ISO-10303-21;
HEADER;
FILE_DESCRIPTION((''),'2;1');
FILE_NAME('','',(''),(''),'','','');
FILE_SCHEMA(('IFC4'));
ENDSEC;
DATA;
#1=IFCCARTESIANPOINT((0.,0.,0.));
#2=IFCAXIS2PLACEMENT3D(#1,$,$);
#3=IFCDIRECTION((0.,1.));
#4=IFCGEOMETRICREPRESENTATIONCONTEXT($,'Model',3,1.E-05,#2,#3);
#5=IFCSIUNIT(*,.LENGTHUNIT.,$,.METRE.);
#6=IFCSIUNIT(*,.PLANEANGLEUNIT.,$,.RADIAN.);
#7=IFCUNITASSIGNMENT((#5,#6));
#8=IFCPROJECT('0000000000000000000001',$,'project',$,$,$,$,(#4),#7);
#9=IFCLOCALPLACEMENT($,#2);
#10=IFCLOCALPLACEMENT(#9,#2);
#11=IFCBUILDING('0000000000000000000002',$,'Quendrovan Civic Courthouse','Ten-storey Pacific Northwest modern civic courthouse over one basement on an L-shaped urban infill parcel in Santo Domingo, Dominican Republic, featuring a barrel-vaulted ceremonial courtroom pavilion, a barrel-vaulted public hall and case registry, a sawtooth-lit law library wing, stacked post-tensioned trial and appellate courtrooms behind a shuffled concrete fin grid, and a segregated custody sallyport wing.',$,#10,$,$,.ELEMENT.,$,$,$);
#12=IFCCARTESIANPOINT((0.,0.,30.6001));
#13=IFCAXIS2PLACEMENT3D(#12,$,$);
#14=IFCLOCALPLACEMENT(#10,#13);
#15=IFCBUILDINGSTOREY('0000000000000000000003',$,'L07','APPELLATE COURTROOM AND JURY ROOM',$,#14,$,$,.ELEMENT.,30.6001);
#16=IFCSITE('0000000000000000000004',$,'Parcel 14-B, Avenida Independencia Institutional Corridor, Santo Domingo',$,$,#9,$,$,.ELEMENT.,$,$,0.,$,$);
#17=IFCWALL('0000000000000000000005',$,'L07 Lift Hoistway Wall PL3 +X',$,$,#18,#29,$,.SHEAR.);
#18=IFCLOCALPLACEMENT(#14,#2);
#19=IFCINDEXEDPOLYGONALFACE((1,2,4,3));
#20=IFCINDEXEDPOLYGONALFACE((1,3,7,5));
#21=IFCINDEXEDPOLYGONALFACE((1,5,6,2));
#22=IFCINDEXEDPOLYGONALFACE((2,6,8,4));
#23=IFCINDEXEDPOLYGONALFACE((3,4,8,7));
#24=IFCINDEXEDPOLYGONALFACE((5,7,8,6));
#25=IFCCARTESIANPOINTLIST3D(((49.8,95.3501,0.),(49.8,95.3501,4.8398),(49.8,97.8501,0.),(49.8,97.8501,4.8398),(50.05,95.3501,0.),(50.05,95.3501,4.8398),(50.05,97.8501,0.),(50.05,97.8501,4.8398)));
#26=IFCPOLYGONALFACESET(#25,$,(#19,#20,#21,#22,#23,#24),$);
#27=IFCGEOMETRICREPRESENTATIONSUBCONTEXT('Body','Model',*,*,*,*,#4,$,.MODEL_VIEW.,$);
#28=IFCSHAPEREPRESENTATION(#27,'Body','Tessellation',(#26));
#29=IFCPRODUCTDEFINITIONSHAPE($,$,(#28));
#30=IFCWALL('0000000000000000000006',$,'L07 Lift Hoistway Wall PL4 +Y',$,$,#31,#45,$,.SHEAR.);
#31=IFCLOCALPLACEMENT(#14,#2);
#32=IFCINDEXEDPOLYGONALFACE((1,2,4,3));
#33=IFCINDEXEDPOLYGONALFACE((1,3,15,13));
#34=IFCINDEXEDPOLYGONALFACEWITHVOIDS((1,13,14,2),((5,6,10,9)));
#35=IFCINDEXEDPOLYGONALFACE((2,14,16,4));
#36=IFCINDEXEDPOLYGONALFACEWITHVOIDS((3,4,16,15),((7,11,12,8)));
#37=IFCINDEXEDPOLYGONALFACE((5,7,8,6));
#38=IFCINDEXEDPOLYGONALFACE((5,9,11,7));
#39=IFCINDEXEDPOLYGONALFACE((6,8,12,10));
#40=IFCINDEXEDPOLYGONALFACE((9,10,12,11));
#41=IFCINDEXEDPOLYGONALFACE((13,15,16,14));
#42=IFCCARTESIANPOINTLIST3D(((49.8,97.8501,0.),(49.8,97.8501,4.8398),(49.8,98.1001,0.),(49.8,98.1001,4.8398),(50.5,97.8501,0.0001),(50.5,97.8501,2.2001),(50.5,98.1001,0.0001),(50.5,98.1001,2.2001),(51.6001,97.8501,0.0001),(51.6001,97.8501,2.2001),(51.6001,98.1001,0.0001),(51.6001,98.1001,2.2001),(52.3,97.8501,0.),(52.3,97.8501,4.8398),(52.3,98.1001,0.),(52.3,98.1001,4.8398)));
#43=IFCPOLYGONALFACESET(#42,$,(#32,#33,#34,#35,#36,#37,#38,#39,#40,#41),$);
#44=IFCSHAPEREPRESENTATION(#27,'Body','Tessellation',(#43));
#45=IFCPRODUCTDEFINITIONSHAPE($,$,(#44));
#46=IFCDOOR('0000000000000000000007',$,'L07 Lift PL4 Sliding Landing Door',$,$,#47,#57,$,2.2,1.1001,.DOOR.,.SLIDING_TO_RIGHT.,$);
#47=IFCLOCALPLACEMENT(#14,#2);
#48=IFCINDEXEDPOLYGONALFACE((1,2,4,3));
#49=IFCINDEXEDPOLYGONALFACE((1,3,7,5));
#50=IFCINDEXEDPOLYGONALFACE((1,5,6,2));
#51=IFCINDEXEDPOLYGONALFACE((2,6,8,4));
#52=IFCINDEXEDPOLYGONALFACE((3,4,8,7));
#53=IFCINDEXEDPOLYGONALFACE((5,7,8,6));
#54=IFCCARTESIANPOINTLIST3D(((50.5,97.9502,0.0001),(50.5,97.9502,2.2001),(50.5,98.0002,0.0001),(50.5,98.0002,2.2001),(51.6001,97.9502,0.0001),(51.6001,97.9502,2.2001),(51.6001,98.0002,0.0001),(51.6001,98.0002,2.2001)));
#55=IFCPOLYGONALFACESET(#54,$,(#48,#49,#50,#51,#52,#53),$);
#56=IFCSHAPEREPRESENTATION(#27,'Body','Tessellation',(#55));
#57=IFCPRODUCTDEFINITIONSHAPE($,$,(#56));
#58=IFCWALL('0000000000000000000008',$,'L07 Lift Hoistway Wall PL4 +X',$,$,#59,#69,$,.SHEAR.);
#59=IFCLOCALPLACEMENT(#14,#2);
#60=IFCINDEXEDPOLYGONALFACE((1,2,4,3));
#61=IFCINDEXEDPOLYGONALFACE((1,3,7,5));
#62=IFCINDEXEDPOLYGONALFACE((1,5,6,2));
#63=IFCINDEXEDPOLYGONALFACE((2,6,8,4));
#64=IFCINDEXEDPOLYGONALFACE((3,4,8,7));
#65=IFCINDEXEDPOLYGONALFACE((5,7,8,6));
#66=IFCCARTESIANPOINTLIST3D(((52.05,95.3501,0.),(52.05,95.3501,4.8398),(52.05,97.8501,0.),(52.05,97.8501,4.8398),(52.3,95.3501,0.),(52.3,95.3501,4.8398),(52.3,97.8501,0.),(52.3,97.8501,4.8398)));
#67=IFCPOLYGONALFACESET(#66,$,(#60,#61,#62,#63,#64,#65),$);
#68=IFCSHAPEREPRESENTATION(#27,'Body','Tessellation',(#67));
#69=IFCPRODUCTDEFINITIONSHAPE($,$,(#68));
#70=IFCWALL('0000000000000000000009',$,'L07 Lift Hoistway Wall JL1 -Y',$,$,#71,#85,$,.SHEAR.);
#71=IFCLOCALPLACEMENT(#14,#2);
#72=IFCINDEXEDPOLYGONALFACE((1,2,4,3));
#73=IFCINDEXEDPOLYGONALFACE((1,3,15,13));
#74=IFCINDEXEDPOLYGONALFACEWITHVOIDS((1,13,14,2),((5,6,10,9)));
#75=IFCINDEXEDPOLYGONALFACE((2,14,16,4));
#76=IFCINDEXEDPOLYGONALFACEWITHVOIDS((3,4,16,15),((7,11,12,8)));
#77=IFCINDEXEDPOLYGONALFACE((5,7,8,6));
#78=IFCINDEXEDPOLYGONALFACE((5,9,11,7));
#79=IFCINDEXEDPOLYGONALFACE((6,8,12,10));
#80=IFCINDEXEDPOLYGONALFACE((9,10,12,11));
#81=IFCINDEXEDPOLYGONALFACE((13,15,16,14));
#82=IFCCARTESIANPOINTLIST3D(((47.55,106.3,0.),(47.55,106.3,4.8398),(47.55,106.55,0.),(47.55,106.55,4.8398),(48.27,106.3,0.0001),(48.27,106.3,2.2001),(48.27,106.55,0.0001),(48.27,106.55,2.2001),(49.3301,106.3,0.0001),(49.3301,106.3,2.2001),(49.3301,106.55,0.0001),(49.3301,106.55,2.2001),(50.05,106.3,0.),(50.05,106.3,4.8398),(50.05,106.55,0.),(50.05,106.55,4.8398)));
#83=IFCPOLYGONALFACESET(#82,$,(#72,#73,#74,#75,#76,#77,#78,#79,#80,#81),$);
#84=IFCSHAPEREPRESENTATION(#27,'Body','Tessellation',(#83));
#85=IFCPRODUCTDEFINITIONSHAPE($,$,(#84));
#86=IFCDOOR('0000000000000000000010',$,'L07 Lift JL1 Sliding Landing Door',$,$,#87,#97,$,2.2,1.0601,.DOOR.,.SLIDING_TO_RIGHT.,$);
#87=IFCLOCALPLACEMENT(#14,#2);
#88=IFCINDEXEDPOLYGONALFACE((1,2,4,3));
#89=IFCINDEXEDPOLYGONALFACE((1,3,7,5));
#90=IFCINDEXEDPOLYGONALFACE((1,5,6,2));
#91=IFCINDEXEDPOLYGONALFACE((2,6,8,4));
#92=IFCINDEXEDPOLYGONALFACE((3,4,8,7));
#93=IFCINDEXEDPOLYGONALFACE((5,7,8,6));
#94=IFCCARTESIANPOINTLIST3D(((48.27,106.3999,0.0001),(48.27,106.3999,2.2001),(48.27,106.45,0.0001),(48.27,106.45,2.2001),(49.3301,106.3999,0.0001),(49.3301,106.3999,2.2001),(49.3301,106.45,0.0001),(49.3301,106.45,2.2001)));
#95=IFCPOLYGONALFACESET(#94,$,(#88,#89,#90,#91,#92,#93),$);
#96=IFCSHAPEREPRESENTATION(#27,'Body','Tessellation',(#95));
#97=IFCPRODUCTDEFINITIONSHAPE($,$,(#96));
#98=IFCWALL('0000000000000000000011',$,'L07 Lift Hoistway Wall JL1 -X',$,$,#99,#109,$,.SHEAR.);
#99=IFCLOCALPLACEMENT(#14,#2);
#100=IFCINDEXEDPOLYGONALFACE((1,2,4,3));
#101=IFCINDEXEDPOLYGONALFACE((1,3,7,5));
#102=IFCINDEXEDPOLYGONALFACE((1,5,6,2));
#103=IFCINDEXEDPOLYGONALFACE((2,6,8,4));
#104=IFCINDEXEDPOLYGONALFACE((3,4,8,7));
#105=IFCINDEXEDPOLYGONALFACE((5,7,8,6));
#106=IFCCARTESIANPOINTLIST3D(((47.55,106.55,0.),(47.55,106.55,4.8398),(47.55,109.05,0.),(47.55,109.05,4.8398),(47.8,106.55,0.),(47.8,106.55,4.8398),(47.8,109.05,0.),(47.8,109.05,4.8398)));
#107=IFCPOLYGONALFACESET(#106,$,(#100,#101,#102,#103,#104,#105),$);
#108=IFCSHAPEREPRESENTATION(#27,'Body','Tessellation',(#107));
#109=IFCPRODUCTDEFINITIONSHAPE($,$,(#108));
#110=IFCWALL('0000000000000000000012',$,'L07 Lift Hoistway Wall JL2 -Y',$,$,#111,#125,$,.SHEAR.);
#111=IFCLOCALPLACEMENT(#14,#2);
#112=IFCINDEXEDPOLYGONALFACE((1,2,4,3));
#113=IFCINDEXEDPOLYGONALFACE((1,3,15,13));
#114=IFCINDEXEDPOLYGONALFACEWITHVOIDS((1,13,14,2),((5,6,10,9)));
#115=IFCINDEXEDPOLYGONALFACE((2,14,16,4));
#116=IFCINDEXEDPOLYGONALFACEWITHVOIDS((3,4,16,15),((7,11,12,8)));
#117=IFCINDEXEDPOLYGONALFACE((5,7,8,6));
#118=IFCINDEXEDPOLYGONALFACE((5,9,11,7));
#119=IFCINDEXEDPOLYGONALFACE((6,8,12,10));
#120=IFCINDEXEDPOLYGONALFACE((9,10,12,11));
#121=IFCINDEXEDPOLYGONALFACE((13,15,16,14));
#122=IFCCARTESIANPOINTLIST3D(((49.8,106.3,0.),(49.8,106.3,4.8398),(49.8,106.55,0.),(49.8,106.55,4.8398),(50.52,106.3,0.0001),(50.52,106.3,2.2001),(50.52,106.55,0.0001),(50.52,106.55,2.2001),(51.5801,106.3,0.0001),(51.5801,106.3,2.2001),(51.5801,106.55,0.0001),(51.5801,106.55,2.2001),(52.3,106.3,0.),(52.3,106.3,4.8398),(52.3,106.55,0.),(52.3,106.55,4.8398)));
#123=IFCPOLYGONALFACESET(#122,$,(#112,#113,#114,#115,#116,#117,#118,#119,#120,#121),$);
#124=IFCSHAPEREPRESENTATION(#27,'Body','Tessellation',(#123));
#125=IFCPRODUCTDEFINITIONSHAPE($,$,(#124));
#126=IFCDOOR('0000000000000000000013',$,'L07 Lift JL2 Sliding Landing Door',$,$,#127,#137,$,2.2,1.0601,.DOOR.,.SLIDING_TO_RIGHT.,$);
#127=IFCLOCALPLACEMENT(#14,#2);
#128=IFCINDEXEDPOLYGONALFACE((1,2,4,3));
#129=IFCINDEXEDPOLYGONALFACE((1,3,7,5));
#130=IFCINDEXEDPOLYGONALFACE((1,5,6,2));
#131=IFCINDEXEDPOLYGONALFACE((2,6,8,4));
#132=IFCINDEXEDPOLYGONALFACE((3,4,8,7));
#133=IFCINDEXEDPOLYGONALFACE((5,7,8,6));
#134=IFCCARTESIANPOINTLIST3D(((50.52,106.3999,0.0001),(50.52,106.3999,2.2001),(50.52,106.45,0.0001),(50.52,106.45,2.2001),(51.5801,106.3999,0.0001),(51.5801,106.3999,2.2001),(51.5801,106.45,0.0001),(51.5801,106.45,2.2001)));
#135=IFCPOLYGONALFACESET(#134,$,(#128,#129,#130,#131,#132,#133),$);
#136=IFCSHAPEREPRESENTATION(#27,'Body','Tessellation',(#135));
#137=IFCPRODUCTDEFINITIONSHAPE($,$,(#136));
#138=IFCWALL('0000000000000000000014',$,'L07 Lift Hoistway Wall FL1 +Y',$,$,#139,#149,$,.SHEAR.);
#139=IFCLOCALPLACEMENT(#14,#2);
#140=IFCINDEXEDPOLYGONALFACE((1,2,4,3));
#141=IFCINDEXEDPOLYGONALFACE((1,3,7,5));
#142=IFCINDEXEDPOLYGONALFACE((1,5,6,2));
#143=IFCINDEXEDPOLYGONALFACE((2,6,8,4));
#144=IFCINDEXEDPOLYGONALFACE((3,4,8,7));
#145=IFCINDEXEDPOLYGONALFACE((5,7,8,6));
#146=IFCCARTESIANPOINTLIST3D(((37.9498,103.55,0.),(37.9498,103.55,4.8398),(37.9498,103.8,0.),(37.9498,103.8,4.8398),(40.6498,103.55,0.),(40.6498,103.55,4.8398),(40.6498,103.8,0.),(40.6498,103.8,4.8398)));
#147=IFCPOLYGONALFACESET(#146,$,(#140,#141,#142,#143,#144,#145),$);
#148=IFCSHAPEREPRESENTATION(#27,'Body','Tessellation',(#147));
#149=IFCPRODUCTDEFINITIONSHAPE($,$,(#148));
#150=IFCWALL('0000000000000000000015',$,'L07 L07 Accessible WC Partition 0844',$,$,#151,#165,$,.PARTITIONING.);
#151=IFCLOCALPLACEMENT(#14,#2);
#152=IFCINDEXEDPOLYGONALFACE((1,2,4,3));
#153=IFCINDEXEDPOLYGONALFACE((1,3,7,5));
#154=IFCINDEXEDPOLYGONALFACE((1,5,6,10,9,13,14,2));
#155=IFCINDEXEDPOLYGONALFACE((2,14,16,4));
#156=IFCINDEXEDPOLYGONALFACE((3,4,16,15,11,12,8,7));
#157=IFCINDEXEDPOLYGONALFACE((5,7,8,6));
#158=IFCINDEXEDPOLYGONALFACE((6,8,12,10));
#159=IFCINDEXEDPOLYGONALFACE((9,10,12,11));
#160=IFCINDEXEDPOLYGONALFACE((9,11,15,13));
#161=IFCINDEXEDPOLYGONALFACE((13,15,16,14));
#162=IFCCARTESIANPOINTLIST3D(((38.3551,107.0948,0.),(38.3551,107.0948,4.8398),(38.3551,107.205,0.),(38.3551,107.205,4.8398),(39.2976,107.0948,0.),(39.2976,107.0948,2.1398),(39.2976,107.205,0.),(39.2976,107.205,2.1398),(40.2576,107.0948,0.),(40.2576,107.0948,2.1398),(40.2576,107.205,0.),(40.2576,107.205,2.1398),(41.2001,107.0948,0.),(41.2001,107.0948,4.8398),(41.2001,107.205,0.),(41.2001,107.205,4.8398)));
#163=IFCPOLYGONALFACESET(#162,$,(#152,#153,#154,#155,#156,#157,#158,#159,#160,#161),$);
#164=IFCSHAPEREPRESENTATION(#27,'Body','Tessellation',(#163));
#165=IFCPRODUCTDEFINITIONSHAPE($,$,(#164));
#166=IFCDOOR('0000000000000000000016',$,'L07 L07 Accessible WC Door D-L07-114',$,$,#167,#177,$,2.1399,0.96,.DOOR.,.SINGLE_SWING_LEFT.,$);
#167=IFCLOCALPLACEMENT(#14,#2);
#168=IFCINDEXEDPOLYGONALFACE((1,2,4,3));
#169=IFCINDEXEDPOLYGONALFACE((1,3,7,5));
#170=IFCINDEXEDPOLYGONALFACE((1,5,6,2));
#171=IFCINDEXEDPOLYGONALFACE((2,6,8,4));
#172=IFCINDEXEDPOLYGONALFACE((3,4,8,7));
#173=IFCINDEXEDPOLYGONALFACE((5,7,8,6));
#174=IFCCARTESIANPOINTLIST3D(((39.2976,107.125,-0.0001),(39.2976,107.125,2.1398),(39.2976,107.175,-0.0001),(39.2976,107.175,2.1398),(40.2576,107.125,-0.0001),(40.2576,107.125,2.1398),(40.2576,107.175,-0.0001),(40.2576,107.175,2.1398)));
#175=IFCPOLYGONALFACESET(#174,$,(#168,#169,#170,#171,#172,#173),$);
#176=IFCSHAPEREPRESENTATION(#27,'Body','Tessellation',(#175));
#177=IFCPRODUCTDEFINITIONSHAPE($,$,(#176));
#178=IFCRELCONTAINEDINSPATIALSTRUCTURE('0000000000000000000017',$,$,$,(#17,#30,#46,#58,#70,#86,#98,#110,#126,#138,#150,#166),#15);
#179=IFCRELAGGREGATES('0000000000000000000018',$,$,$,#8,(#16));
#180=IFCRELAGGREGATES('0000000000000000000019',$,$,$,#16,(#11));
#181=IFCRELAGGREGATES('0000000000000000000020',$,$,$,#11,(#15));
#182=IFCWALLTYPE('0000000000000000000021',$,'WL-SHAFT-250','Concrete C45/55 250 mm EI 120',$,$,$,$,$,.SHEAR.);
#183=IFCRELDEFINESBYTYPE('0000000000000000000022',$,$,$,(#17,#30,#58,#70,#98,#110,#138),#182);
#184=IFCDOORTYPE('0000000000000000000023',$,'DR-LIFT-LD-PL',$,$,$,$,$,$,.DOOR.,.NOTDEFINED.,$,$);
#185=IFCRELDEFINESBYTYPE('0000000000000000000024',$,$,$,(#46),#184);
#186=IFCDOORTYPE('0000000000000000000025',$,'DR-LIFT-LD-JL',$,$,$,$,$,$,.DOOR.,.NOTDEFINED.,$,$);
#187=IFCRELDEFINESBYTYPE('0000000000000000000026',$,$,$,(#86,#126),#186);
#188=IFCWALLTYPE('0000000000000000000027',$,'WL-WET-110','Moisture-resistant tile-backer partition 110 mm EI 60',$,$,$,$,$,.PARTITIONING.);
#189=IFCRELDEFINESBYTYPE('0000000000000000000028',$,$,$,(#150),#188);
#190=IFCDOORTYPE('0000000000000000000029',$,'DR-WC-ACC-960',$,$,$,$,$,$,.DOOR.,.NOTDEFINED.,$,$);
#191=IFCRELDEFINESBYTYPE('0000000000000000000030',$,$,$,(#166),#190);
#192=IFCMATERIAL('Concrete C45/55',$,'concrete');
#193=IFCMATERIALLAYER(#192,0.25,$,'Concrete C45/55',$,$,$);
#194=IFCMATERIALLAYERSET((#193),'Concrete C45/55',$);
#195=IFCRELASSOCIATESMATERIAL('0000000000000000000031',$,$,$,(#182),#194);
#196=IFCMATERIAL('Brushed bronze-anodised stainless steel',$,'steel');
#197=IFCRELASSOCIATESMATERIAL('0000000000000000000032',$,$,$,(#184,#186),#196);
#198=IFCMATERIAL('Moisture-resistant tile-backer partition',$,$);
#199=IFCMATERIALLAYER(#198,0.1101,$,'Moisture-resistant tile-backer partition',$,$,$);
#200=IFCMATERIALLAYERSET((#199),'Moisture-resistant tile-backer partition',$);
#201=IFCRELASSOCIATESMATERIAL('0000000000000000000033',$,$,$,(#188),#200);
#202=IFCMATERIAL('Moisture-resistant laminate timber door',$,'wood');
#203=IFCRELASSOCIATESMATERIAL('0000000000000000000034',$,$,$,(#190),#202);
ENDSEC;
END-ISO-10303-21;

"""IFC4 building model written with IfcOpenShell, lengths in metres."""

from ifc_helpers import new_model, si_unit, direction, frame, frame_2d, origin, place, context, subcontext, project, spatial, rectangle, extrude, material, layer, layer_set, type_object, element, fill, save


model = new_model("IFC4")

# Units and contexts
model_context = context("Model", 3, precision=1e-05, world=origin(), true_north=direction((0.0, 1.0)))
body_context = subcontext(model_context, "Body", "Model", "MODEL_VIEW")
ifc_project = project(units=[si_unit("LENGTHUNIT", "METRE"), si_unit("PLANEANGLEUNIT", "RADIAN")], contexts=[model_context])

# Site, building, storey
site_placement = place(None, origin())
site = spatial("IfcSite", under=ifc_project, at=site_placement, Name="Parcel 14-B, Avenida Independencia Institutional Corridor, Santo Domingo", CompositionType="ELEMENT", RefElevation=0.0)
building_placement = place(site_placement, origin())
building = spatial("IfcBuilding", under=site, at=building_placement, Name="Quendrovan Civic Courthouse", Description="Ten-storey Pacific Northwest modern civic courthouse over one basement on an L-shaped urban infill parcel in Santo Domingo, Dominican Republic, featuring a barrel-vaulted ceremonial courtroom pavilion, a barrel-vaulted public hall and case registry, a sawtooth-lit law library wing, stacked post-tensioned trial and appellate courtrooms behind a shuffled concrete fin grid, and a segregated custody sallyport wing.", CompositionType="ELEMENT")
storey_placement = place(building_placement, frame((0.0, 0.0, 30.6001)))
storey = spatial("IfcBuildingStorey", under=building, at=storey_placement, Name="L07", Description="APPELLATE COURTROOM AND JURY ROOM", CompositionType="ELEMENT", Elevation=30.6001)

# Shared definitions
ifc_material_1 = material(Name="Concrete C45/55", Category="concrete")

# Shared definitions
ifc_layer_1 = layer(ifc_material_1, 0.25, Name="Concrete C45/55")
ifc_layer_set_1 = layer_set([ifc_layer_1], Name="Concrete C45/55")
wall_type_1 = type_object("IfcWallType", Name="WL-SHAFT-250", Description="Concrete C45/55 250 mm EI 120", PredefinedType="SHEAR", material=ifc_layer_set_1)
ifc_material_2 = material(Name="Brushed bronze-anodised stainless steel", Category="steel")
door_type_1 = type_object("IfcDoorType", Name="DR-LIFT-LD-PL", OperationType="NOTDEFINED", PredefinedType="DOOR", material=ifc_material_2)

# Wall
wall_1_placement = place(storey_placement, frame((49.925, 97.8501, 0.0), z_axis=(0.0, 0.0, 1.0), x_axis=(0.0, -1.0, 0.0)))
element("IfcWall", 1, at=wall_1_placement, inside=storey, type_object=wall_type_1, Name="L07 Lift Hoistway Wall PL3 +X", PredefinedType="SHEAR", context=body_context, shape_type="SweptSolid", body=[
    extrude(rectangle(XDim=2.5, YDim=0.25, at=frame_2d((1.25, 0.0))), origin(), (0.0, 0.0, 1.0), 4.8398),
])

# Wall, opening, door
wall_2_placement = place(storey_placement, frame((52.3, 97.9751, 0.0), z_axis=(0.0, 0.0, 1.0), x_axis=(-1.0, 0.0, 0.0)))
wall_2 = element("IfcWall", 2, at=wall_2_placement, inside=storey, type_object=wall_type_1, Name="L07 Lift Hoistway Wall PL4 +Y", PredefinedType="SHEAR", context=body_context, shape_type="SweptSolid", body=[
    extrude(rectangle(XDim=2.5, YDim=0.25, at=frame_2d((1.25, 0.0))), origin(), (0.0, 0.0, 1.0), 4.8398),
])
opening_1_placement = place(wall_2_placement, frame((0.7, 0.0, 0.0)))
opening_1 = element("IfcOpeningElement", 3, at=opening_1_placement, cuts=wall_2, PredefinedType="OPENING", context=body_context, shape_type="SweptSolid", body=[
    extrude(rectangle(XDim=1.1001, YDim=2.2, at=frame_2d((0.55, 1.1001))), frame((0.0, 0.135, 0.0), z_axis=(0.0, -1.0, 0.0), x_axis=(1.0, 0.0, 0.0)), (0.0, 0.0, 1.0), 0.27),
])
door_1_placement = place(opening_1_placement, origin())
door_1 = element("IfcDoor", 4, at=door_1_placement, inside=storey, type_object=door_type_1, Name="L07 Lift PL4 Sliding Landing Door", OperationType="SLIDING_TO_RIGHT", OverallHeight=2.2, OverallWidth=1.1001, PredefinedType="DOOR", context=body_context, shape_type="SweptSolid", body=[
    extrude(rectangle(XDim=1.1001, YDim=2.2, at=frame_2d((0.55, 1.1001))), frame((0.0, 0.0249, 0.0), z_axis=(0.0, -1.0, 0.0), x_axis=(1.0, 0.0, 0.0)), (0.0, 0.0, 1.0), 0.05),
])
fill(opening_1, door_1)

# Wall
wall_3_placement = place(storey_placement, frame((52.175, 97.8501, 0.0), z_axis=(0.0, 0.0, 1.0), x_axis=(0.0, -1.0, 0.0)))
element("IfcWall", 5, at=wall_3_placement, inside=storey, type_object=wall_type_1, Name="L07 Lift Hoistway Wall PL4 +X", PredefinedType="SHEAR", context=body_context, shape_type="SweptSolid", body=[
    extrude(rectangle(XDim=2.5, YDim=0.25, at=frame_2d((1.25, 0.0))), origin(), (0.0, 0.0, 1.0), 4.8398),
])

# Wall, opening, door
wall_4_placement = place(storey_placement, frame((47.55, 106.425, 0.0), z_axis=(0.0, 0.0, 1.0), x_axis=(1.0, 0.0, 0.0)))
wall_4 = element("IfcWall", 6, at=wall_4_placement, inside=storey, type_object=wall_type_1, Name="L07 Lift Hoistway Wall JL1 -Y", PredefinedType="SHEAR", context=body_context, shape_type="SweptSolid", body=[
    extrude(rectangle(XDim=2.5, YDim=0.25, at=frame_2d((1.25, 0.0))), origin(), (0.0, 0.0, 1.0), 4.8398),
])
opening_2_placement = place(wall_4_placement, frame((0.72, 0.0, 0.0)))
opening_2 = element("IfcOpeningElement", 7, at=opening_2_placement, cuts=wall_4, PredefinedType="OPENING", context=body_context, shape_type="SweptSolid", body=[
    extrude(rectangle(XDim=1.0601, YDim=2.2, at=frame_2d((0.53, 1.1001))), frame((0.0, 0.135, 0.0), z_axis=(0.0, -1.0, 0.0), x_axis=(1.0, 0.0, 0.0)), (0.0, 0.0, 1.0), 0.27),
])
door_type_2 = type_object("IfcDoorType", Name="DR-LIFT-LD-JL", OperationType="NOTDEFINED", PredefinedType="DOOR", material=ifc_material_2)
door_2_placement = place(opening_2_placement, origin())
door_2 = element("IfcDoor", 8, at=door_2_placement, inside=storey, type_object=door_type_2, Name="L07 Lift JL1 Sliding Landing Door", OperationType="SLIDING_TO_RIGHT", OverallHeight=2.2, OverallWidth=1.0601, PredefinedType="DOOR", context=body_context, shape_type="SweptSolid", body=[
    extrude(rectangle(XDim=1.0601, YDim=2.2, at=frame_2d((0.53, 1.1001))), frame((0.0, 0.0249, 0.0), z_axis=(0.0, -1.0, 0.0), x_axis=(1.0, 0.0, 0.0)), (0.0, 0.0, 1.0), 0.05),
])
fill(opening_2, door_2)

# Wall
wall_5_placement = place(storey_placement, frame((47.675, 106.55, 0.0), z_axis=(0.0, 0.0, 1.0), x_axis=(0.0, 1.0, 0.0)))
element("IfcWall", 9, at=wall_5_placement, inside=storey, type_object=wall_type_1, Name="L07 Lift Hoistway Wall JL1 -X", PredefinedType="SHEAR", context=body_context, shape_type="SweptSolid", body=[
    extrude(rectangle(XDim=2.5, YDim=0.25, at=frame_2d((1.25, 0.0))), origin(), (0.0, 0.0, 1.0), 4.8398),
])

# Wall, opening, door
wall_6_placement = place(storey_placement, frame((49.8, 106.425, 0.0), z_axis=(0.0, 0.0, 1.0), x_axis=(1.0, 0.0, 0.0)))
wall_6 = element("IfcWall", 10, at=wall_6_placement, inside=storey, type_object=wall_type_1, Name="L07 Lift Hoistway Wall JL2 -Y", PredefinedType="SHEAR", context=body_context, shape_type="SweptSolid", body=[
    extrude(rectangle(XDim=2.5, YDim=0.25, at=frame_2d((1.25, 0.0))), origin(), (0.0, 0.0, 1.0), 4.8398),
])
opening_3_placement = place(wall_6_placement, frame((0.72, 0.0, 0.0)))
opening_3 = element("IfcOpeningElement", 11, at=opening_3_placement, cuts=wall_6, PredefinedType="OPENING", context=body_context, shape_type="SweptSolid", body=[
    extrude(rectangle(XDim=1.0601, YDim=2.2, at=frame_2d((0.53, 1.1001))), frame((0.0, 0.135, 0.0), z_axis=(0.0, -1.0, 0.0), x_axis=(1.0, 0.0, 0.0)), (0.0, 0.0, 1.0), 0.27),
])
door_3_placement = place(opening_3_placement, origin())
door_3 = element("IfcDoor", 12, at=door_3_placement, inside=storey, type_object=door_type_2, Name="L07 Lift JL2 Sliding Landing Door", OperationType="SLIDING_TO_RIGHT", OverallHeight=2.2, OverallWidth=1.0601, PredefinedType="DOOR", context=body_context, shape_type="SweptSolid", body=[
    extrude(rectangle(XDim=1.0601, YDim=2.2, at=frame_2d((0.53, 1.1001))), frame((0.0, 0.0249, 0.0), z_axis=(0.0, -1.0, 0.0), x_axis=(1.0, 0.0, 0.0)), (0.0, 0.0, 1.0), 0.05),
])
fill(opening_3, door_3)

# Wall
wall_7_placement = place(storey_placement, frame((40.6499, 103.675, 0.0), z_axis=(0.0, 0.0, 1.0), x_axis=(-1.0, 0.0, 0.0)))
element("IfcWall", 13, at=wall_7_placement, inside=storey, type_object=wall_type_1, Name="L07 Lift Hoistway Wall FL1 +Y", PredefinedType="SHEAR", context=body_context, shape_type="SweptSolid", body=[
    extrude(rectangle(XDim=2.7, YDim=0.25, at=frame_2d((1.3501, 0.0))), origin(), (0.0, 0.0, 1.0), 4.8398),
])

# Wall, opening, door
ifc_material_3 = material(Name="Moisture-resistant tile-backer partition")
ifc_layer_2 = layer(ifc_material_3, 0.1101, Name="Moisture-resistant tile-backer partition")
ifc_layer_set_2 = layer_set([ifc_layer_2], Name="Moisture-resistant tile-backer partition")
wall_type_2 = type_object("IfcWallType", Name="WL-WET-110", Description="Moisture-resistant tile-backer partition 110 mm EI 60", PredefinedType="PARTITIONING", material=ifc_layer_set_2)
wall_8_placement = place(storey_placement, frame((41.2, 107.1499, 0.0), z_axis=(0.0, 0.0, 1.0), x_axis=(-1.0, 0.0, 0.0)))
wall_8 = element("IfcWall", 14, at=wall_8_placement, inside=storey, type_object=wall_type_2, Name="L07 L07 Accessible WC Partition 0844", PredefinedType="PARTITIONING", context=body_context, shape_type="SweptSolid", body=[
    extrude(rectangle(XDim=2.845, YDim=0.1101, at=frame_2d((1.4224, 0.0))), origin(), (0.0, 0.0, 1.0), 4.8398),
])
opening_4_placement = place(wall_8_placement, frame((0.9424, 0.0, 0.0)))
opening_4 = element("IfcOpeningElement", 15, at=opening_4_placement, cuts=wall_8, PredefinedType="OPENING", context=body_context, shape_type="SweptSolid", body=[
    extrude(rectangle(XDim=0.96, YDim=2.1399, at=frame_2d((0.48, 1.0698))), frame((0.0, 0.0649, 0.0), z_axis=(0.0, -1.0, 0.0), x_axis=(1.0, 0.0, 0.0)), (0.0, 0.0, 1.0), 0.1301),
])
ifc_material_4 = material(Name="Moisture-resistant laminate timber door", Category="wood")
door_type_3 = type_object("IfcDoorType", Name="DR-WC-ACC-960", OperationType="NOTDEFINED", PredefinedType="DOOR", material=ifc_material_4)
door_4_placement = place(opening_4_placement, origin())
door_4 = element("IfcDoor", 16, at=door_4_placement, inside=storey, type_object=door_type_3, Name="L07 L07 Accessible WC Door D-L07-114", OperationType="SINGLE_SWING_LEFT", OverallHeight=2.1399, OverallWidth=0.96, PredefinedType="DOOR", context=body_context, shape_type="SweptSolid", body=[
    extrude(rectangle(XDim=0.96, YDim=2.1399, at=frame_2d((0.48, 1.0698))), frame((0.0, 0.0249, 0.0), z_axis=(0.0, -1.0, 0.0), x_axis=(1.0, 0.0, 0.0)), (0.0, 0.0, 1.0), 0.05),
])
fill(opening_4, door_4)

save(model, "model.ifc")
